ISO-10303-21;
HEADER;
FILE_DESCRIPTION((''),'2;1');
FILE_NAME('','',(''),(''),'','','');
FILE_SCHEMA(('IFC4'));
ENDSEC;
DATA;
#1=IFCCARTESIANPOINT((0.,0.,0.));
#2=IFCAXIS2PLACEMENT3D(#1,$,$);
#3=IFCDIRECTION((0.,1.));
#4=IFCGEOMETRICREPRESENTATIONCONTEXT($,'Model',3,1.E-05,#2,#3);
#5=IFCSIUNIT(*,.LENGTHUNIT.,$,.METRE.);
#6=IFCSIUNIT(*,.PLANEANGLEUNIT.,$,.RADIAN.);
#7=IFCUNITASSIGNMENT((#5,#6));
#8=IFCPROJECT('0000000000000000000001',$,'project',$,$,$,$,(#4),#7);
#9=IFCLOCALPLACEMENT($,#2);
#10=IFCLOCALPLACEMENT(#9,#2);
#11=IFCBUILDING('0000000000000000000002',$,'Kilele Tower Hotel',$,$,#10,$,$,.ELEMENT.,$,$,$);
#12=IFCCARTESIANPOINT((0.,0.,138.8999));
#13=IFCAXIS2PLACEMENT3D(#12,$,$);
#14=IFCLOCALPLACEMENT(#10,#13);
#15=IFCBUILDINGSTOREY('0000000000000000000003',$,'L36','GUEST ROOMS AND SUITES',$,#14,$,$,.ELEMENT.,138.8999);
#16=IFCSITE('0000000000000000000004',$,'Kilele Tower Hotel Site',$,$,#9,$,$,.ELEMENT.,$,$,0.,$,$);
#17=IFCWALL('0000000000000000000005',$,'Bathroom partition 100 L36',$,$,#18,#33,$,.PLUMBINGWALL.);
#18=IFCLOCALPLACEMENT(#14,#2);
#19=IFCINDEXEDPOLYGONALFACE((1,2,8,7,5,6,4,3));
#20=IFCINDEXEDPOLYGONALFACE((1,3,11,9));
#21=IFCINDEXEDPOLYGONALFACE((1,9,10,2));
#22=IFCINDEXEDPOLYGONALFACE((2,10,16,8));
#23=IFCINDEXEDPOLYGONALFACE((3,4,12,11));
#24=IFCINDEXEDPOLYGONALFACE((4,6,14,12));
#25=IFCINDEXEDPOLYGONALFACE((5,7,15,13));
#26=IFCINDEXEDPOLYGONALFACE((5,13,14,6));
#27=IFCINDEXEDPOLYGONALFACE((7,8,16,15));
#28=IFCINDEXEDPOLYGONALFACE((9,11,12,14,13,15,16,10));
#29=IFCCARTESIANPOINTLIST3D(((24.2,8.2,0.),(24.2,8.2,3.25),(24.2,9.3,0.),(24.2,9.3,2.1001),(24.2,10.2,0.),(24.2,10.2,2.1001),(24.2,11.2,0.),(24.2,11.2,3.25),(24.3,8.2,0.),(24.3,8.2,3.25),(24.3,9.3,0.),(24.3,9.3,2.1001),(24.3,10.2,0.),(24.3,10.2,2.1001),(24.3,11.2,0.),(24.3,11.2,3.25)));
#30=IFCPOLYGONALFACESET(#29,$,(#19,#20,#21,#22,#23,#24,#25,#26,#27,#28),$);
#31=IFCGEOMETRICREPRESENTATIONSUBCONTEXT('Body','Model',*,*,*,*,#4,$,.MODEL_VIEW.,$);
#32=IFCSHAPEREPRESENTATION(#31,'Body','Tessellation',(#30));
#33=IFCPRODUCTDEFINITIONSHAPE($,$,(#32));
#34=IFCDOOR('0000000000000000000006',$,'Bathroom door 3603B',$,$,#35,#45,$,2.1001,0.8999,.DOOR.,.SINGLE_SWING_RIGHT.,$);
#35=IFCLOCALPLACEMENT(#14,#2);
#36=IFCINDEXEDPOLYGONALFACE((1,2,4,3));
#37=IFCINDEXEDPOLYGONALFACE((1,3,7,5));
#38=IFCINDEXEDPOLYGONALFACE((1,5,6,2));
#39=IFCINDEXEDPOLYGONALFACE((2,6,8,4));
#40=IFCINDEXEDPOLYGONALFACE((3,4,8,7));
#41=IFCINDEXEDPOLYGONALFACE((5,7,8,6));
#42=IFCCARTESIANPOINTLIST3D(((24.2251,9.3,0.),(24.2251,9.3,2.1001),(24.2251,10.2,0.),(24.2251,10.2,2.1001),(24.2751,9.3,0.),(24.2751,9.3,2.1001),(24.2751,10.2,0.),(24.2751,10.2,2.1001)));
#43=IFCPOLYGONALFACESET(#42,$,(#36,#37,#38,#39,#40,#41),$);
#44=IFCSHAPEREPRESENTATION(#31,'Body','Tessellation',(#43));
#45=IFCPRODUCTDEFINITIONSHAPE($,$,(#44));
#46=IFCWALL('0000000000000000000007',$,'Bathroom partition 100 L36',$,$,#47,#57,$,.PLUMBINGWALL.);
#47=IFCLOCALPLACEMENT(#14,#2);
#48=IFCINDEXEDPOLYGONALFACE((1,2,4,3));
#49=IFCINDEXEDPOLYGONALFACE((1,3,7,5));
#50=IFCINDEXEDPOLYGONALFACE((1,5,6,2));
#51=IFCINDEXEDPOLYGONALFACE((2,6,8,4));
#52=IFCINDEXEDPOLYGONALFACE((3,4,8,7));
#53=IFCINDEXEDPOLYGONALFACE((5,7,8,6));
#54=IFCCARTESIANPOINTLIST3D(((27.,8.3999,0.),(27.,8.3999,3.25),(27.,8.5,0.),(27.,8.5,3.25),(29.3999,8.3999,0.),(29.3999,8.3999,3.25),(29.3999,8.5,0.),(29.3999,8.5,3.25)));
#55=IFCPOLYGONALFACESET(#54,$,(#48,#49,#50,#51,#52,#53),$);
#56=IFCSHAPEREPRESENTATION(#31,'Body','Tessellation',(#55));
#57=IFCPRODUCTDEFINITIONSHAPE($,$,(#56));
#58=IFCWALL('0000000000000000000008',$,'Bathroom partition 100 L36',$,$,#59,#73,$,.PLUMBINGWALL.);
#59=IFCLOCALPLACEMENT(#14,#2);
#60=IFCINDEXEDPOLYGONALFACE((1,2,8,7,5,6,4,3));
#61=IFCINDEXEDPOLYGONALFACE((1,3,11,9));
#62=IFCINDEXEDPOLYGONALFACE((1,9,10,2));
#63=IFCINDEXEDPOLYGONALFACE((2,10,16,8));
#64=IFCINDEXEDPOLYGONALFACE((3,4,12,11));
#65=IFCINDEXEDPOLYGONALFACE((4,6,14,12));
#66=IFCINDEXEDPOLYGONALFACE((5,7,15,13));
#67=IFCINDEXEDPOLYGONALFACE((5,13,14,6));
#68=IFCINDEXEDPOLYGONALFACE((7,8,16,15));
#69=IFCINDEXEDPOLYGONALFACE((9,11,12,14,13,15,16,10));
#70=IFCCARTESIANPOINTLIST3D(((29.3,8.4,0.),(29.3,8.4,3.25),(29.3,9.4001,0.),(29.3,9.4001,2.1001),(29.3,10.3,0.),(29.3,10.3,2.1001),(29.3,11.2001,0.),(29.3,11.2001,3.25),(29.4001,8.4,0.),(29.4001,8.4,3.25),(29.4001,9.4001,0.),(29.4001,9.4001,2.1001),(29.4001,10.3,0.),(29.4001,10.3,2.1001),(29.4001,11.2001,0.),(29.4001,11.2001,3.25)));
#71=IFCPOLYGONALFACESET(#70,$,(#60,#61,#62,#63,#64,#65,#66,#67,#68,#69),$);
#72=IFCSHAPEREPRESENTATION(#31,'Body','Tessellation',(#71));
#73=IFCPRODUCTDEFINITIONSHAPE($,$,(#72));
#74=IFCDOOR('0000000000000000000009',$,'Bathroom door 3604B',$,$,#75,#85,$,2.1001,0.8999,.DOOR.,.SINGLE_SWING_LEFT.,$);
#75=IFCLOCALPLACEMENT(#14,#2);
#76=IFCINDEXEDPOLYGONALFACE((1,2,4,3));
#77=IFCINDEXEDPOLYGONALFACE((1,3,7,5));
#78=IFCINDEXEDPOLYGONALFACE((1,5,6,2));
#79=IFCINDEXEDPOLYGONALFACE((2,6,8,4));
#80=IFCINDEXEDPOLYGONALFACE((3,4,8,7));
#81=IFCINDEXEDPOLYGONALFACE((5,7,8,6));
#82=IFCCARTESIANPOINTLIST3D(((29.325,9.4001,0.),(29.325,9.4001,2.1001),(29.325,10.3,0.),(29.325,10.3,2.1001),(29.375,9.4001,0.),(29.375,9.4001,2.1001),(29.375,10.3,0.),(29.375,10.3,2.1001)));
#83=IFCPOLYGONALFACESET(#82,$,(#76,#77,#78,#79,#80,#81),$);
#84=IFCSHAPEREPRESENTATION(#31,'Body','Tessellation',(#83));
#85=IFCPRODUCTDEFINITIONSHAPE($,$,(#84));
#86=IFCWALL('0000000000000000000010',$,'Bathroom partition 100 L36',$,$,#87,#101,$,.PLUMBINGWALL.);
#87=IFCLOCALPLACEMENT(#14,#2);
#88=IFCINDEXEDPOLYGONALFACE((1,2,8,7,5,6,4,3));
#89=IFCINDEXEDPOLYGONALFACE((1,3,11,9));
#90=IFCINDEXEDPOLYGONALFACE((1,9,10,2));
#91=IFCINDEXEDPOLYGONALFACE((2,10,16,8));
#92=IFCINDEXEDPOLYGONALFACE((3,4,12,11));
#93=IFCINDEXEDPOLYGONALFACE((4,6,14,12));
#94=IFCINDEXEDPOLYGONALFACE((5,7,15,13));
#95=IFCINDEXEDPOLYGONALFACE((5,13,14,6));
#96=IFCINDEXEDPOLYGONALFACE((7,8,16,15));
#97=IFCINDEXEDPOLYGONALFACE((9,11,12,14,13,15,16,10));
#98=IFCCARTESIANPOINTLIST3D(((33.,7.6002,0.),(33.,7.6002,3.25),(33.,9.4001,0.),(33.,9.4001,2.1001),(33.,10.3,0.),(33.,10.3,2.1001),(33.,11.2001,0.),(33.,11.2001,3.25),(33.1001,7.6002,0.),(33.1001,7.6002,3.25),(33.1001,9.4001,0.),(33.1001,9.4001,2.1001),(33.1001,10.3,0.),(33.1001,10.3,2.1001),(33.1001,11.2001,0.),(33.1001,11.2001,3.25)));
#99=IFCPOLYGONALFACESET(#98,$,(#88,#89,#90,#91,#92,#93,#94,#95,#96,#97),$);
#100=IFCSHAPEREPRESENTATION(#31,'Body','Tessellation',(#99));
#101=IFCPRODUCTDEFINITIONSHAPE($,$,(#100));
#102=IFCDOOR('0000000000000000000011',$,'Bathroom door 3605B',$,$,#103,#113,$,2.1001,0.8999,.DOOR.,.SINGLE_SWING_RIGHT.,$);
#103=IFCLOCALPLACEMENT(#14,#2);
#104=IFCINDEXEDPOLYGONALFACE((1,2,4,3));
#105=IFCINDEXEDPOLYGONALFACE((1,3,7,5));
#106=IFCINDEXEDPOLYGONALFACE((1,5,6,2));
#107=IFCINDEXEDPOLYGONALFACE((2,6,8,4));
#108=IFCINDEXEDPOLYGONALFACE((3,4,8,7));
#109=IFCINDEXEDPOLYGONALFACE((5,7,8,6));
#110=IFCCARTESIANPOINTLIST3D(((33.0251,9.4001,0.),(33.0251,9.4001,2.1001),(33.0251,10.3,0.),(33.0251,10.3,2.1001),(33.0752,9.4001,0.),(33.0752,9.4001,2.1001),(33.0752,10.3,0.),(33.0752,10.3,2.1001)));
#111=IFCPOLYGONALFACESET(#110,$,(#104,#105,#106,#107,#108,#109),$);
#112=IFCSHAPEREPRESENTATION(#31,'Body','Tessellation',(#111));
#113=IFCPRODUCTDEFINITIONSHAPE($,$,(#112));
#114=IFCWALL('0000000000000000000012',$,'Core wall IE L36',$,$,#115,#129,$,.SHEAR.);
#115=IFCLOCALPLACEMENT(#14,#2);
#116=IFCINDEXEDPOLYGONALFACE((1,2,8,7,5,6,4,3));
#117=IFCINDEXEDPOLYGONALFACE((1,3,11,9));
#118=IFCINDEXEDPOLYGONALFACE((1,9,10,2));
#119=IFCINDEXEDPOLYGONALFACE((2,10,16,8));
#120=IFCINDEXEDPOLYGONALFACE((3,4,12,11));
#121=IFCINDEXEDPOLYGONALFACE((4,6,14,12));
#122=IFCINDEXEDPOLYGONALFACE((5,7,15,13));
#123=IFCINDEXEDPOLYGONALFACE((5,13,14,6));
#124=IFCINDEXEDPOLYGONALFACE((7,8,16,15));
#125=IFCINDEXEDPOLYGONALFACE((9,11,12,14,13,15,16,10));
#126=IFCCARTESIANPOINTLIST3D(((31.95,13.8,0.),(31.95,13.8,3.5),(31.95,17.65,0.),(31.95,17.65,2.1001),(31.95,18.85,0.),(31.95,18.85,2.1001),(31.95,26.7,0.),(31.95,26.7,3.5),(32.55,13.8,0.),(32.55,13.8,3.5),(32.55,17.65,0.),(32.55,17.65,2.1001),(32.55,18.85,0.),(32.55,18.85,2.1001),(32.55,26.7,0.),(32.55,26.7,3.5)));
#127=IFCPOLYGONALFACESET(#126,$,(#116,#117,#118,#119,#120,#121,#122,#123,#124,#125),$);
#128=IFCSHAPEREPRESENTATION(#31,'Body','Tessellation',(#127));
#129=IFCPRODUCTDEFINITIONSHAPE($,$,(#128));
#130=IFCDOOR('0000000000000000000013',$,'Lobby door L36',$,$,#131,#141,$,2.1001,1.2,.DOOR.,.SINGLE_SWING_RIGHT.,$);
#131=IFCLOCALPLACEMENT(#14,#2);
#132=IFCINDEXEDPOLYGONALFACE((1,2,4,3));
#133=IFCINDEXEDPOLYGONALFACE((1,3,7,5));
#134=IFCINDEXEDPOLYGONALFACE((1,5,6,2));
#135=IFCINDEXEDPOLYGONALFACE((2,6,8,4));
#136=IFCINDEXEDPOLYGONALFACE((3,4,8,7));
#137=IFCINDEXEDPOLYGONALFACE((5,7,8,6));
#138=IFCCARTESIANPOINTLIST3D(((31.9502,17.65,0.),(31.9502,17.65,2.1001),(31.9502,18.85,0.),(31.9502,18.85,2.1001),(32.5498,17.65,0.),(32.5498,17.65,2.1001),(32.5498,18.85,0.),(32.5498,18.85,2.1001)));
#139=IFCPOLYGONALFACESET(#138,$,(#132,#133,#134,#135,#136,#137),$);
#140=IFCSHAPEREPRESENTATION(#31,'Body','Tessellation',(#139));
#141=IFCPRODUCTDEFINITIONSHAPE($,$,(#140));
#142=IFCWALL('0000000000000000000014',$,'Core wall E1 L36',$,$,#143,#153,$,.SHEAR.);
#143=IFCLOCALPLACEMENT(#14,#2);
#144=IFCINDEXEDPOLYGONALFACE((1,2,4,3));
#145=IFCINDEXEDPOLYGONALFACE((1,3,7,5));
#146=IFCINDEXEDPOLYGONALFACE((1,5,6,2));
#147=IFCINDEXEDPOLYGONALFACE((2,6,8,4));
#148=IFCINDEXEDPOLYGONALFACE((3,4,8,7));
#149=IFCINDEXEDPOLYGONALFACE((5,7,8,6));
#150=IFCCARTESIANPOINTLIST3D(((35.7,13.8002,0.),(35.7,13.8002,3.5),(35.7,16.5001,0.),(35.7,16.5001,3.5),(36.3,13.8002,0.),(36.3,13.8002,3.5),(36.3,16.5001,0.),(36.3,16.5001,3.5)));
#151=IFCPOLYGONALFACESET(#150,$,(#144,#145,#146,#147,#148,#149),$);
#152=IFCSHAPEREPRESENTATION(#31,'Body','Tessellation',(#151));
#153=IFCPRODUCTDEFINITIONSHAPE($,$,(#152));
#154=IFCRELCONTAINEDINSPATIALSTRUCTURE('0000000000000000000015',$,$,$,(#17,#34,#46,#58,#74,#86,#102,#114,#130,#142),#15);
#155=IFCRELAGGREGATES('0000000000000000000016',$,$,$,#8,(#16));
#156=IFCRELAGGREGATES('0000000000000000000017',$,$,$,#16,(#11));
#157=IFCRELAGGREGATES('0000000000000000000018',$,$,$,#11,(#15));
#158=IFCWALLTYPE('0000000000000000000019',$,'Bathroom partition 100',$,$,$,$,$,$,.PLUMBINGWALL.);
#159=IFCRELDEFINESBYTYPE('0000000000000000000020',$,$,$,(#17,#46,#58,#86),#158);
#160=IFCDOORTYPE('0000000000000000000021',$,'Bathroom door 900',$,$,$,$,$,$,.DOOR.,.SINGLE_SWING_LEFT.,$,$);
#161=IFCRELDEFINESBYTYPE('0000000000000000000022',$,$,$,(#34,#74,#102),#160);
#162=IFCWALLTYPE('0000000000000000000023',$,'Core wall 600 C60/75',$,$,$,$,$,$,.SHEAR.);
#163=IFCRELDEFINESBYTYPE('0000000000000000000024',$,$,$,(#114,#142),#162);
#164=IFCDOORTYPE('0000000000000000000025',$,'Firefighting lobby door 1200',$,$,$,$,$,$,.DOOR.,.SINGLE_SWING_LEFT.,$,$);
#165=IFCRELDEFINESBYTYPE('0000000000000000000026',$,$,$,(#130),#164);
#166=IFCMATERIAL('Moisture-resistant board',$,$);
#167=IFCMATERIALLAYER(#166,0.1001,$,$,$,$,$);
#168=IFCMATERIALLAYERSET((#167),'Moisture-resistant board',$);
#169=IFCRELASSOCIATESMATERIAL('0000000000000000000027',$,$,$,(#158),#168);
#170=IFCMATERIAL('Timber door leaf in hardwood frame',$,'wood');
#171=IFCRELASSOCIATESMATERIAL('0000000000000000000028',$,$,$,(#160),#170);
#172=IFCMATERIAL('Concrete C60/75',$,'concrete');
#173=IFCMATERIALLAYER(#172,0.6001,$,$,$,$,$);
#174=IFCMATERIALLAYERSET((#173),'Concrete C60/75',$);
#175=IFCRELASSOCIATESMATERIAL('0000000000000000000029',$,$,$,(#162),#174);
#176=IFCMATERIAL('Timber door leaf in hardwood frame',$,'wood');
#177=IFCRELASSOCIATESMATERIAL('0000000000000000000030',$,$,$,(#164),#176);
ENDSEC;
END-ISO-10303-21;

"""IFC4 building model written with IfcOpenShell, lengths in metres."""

from ifc_helpers import new_model, si_unit, direction, frame, frame_2d, origin, place, context, subcontext, project, spatial, rectangle, extrude, material, layer, layer_set, type_object, element, fill, save


model = new_model("IFC4")

# Units and contexts
model_context = context("Model", 3, precision=1e-05, world=origin(), true_north=direction((0.0, 1.0)))
body_context = subcontext(model_context, "Body", "Model", "MODEL_VIEW")
ifc_project = project(units=[si_unit("LENGTHUNIT", "METRE"), si_unit("PLANEANGLEUNIT", "RADIAN")], contexts=[model_context])

# Site, building, storey
site_placement = place(None, origin())
site = spatial("IfcSite", under=ifc_project, at=site_placement, Name="Kilele Tower Hotel Site", CompositionType="ELEMENT", RefElevation=0.0)
building_placement = place(site_placement, origin())
building = spatial("IfcBuilding", under=site, at=building_placement, Name="Kilele Tower Hotel", CompositionType="ELEMENT")
storey_placement = place(building_placement, frame((0.0, 0.0, 138.8999)))
storey = spatial("IfcBuildingStorey", under=building, at=storey_placement, Name="L36", Description="GUEST ROOMS AND SUITES", CompositionType="ELEMENT", Elevation=138.8999)

# Wall, opening, door
ifc_material_1 = material(Name="Moisture-resistant board")
ifc_layer_1 = layer(ifc_material_1, 0.1001)
ifc_layer_set_1 = layer_set([ifc_layer_1], Name="Moisture-resistant board")
wall_type_1 = type_object("IfcWallType", Name="Bathroom partition 100", PredefinedType="PLUMBINGWALL", material=ifc_layer_set_1)
wall_1_placement = place(storey_placement, frame((24.25, 11.2, 0.0), z_axis=(0.0, 0.0, 1.0), x_axis=(0.0, -1.0, 0.0)))
wall_1 = element("IfcWall", 1, at=wall_1_placement, inside=storey, type_object=wall_type_1, Name="Bathroom partition 100 L36", PredefinedType="PLUMBINGWALL", context=body_context, shape_type="SweptSolid", body=[
    extrude(rectangle(XDim=3.0, YDim=0.1001, at=frame_2d((1.5, 0.0))), origin(), (0.0, 0.0, 1.0), 3.25),
])
opening_1_placement = place(wall_1_placement, frame((1.8999, 0.0, 0.0), z_axis=(0.0, 0.0, 1.0), x_axis=(-1.0, 0.0, 0.0)))
opening_1 = element("IfcOpeningElement", 2, at=opening_1_placement, cuts=wall_1, PredefinedType="OPENING", context=body_context, shape_type="SweptSolid", body=[
    extrude(rectangle(XDim=0.8999, YDim=2.1001, at=frame_2d((0.45, 1.05))), frame((0.0, 0.0601, 0.0), z_axis=(0.0, -1.0, 0.0), x_axis=(1.0, 0.0, 0.0)), (0.0, 0.0, 1.0), 0.1201),
])
ifc_material_2 = material(Name="Timber door leaf in hardwood frame", Category="wood")
door_type_1 = type_object("IfcDoorType", Name="Bathroom door 900", OperationType="SINGLE_SWING_LEFT", PredefinedType="DOOR", material=ifc_material_2)
door_1_placement = place(opening_1_placement, origin())
door_1 = element("IfcDoor", 3, at=door_1_placement, inside=storey, type_object=door_type_1, Name="Bathroom door 3603B", OperationType="SINGLE_SWING_RIGHT", OverallHeight=2.1001, OverallWidth=0.8999, PredefinedType="DOOR", context=body_context, shape_type="SweptSolid", body=[
    extrude(rectangle(XDim=0.8999, YDim=2.1001, at=frame_2d((0.45, 1.05))), frame((0.0, 0.0249, 0.0), z_axis=(0.0, -1.0, 0.0), x_axis=(1.0, 0.0, 0.0)), (0.0, 0.0, 1.0), 0.05),
])
fill(opening_1, door_1)

# Wall
wall_2_placement = place(storey_placement, frame((27.0, 8.45, 0.0), z_axis=(0.0, 0.0, 1.0), x_axis=(1.0, 0.0, 0.0)))
element("IfcWall", 4, at=wall_2_placement, inside=storey, type_object=wall_type_1, Name="Bathroom partition 100 L36", PredefinedType="PLUMBINGWALL", context=body_context, shape_type="SweptSolid", body=[
    extrude(rectangle(XDim=2.3999, YDim=0.1001, at=frame_2d((1.2, 0.0))), origin(), (0.0, 0.0, 1.0), 3.25),
])

# Walls, openings, doors
wall_3_placement = place(storey_placement, frame((29.3501, 11.2, 0.0), z_axis=(0.0, 0.0, 1.0), x_axis=(0.0, -1.0, 0.0)))
wall_3 = element("IfcWall", 5, at=wall_3_placement, inside=storey, type_object=wall_type_1, Name="Bathroom partition 100 L36", PredefinedType="PLUMBINGWALL", context=body_context, shape_type="SweptSolid", body=[
    extrude(rectangle(XDim=2.8, YDim=0.1001, at=frame_2d((1.3999, 0.0))), origin(), (0.0, 0.0, 1.0), 3.25),
])
opening_2_placement = place(wall_3_placement, frame((0.8999, 0.0, 0.0)))
opening_2 = element("IfcOpeningElement", 6, at=opening_2_placement, cuts=wall_3, PredefinedType="OPENING", context=body_context, shape_type="SweptSolid", body=[
    extrude(rectangle(XDim=0.8999, YDim=2.1001, at=frame_2d((0.45, 1.05))), frame((0.0, 0.0601, 0.0), z_axis=(0.0, -1.0, 0.0), x_axis=(1.0, 0.0, 0.0)), (0.0, 0.0, 1.0), 0.1201),
])
door_2_placement = place(opening_2_placement, origin())
door_2 = element("IfcDoor", 7, at=door_2_placement, inside=storey, type_object=door_type_1, Name="Bathroom door 3604B", OperationType="SINGLE_SWING_LEFT", OverallHeight=2.1001, OverallWidth=0.8999, PredefinedType="DOOR", context=body_context, shape_type="SweptSolid", body=[
    extrude(rectangle(XDim=0.8999, YDim=2.1001, at=frame_2d((0.45, 1.05))), frame((0.0, 0.0249, 0.0), z_axis=(0.0, -1.0, 0.0), x_axis=(1.0, 0.0, 0.0)), (0.0, 0.0, 1.0), 0.05),
])
fill(opening_2, door_2)
wall_4_placement = place(storey_placement, frame((33.05, 11.2, 0.0), z_axis=(0.0, 0.0, 1.0), x_axis=(0.0, -1.0, 0.0)))
wall_4 = element("IfcWall", 8, at=wall_4_placement, inside=storey, type_object=wall_type_1, Name="Bathroom partition 100 L36", PredefinedType="PLUMBINGWALL", context=body_context, shape_type="SweptSolid", body=[
    extrude(rectangle(XDim=3.5999, YDim=0.1001, at=frame_2d((1.7998, 0.0))), origin(), (0.0, 0.0, 1.0), 3.25),
])
opening_3_placement = place(wall_4_placement, frame((1.7998, 0.0, 0.0), z_axis=(0.0, 0.0, 1.0), x_axis=(-1.0, 0.0, 0.0)))
opening_3 = element("IfcOpeningElement", 9, at=opening_3_placement, cuts=wall_4, PredefinedType="OPENING", context=body_context, shape_type="SweptSolid", body=[
    extrude(rectangle(XDim=0.8999, YDim=2.1001, at=frame_2d((0.45, 1.05))), frame((0.0, 0.0601, 0.0), z_axis=(0.0, -1.0, 0.0), x_axis=(1.0, 0.0, 0.0)), (0.0, 0.0, 1.0), 0.1201),
])
door_3_placement = place(opening_3_placement, origin())
door_3 = element("IfcDoor", 10, at=door_3_placement, inside=storey, type_object=door_type_1, Name="Bathroom door 3605B", OperationType="SINGLE_SWING_RIGHT", OverallHeight=2.1001, OverallWidth=0.8999, PredefinedType="DOOR", context=body_context, shape_type="SweptSolid", body=[
    extrude(rectangle(XDim=0.8999, YDim=2.1001, at=frame_2d((0.45, 1.05))), frame((0.0, 0.0249, 0.0), z_axis=(0.0, -1.0, 0.0), x_axis=(1.0, 0.0, 0.0)), (0.0, 0.0, 1.0), 0.05),
])
fill(opening_3, door_3)
ifc_material_3 = material(Name="Concrete C60/75", Category="concrete")
ifc_layer_2 = layer(ifc_material_3, 0.6001)
ifc_layer_set_2 = layer_set([ifc_layer_2], Name="Concrete C60/75")
wall_type_2 = type_object("IfcWallType", Name="Core wall 600 C60/75", PredefinedType="SHEAR", material=ifc_layer_set_2)
wall_5_placement = place(storey_placement, frame((32.25, 13.8, 0.0), z_axis=(0.0, 0.0, 1.0), x_axis=(0.0, 1.0, 0.0)))
wall_5 = element("IfcWall", 11, at=wall_5_placement, inside=storey, type_object=wall_type_2, Name="Core wall IE L36", PredefinedType="SHEAR", context=body_context, shape_type="SweptSolid", body=[
    extrude(rectangle(XDim=12.8999, YDim=0.6001, at=frame_2d((6.45, 0.0))), origin(), (0.0, 0.0, 1.0), 3.5),
])
opening_4_placement = place(wall_5_placement, frame((5.05, 0.0, 0.0), z_axis=(0.0, 0.0, 1.0), x_axis=(-1.0, 0.0, 0.0)))
opening_4 = element("IfcOpeningElement", 12, at=opening_4_placement, cuts=wall_5, PredefinedType="OPENING", context=body_context, shape_type="SweptSolid", body=[
    extrude(rectangle(XDim=1.2, YDim=2.1001, at=frame_2d((0.6001, 1.05))), frame((0.0, 0.3101, 0.0), z_axis=(0.0, -1.0, 0.0), x_axis=(1.0, 0.0, 0.0)), (0.0, 0.0, 1.0), 0.6201),
])
ifc_material_4 = material(Name="Timber door leaf in hardwood frame", Category="wood")
door_type_2 = type_object("IfcDoorType", Name="Firefighting lobby door 1200", OperationType="SINGLE_SWING_LEFT", PredefinedType="DOOR", material=ifc_material_4)
door_4_placement = place(opening_4_placement, origin())
door_4 = element("IfcDoor", 13, at=door_4_placement, inside=storey, type_object=door_type_2, Name="Lobby door L36", OperationType="SINGLE_SWING_RIGHT", OverallHeight=2.1001, OverallWidth=1.2, PredefinedType="DOOR", context=body_context, shape_type="SweptSolid", body=[
    extrude(rectangle(XDim=1.2, YDim=2.1001, at=frame_2d((0.6001, 1.05))), frame((0.0, 0.2998, 0.0), z_axis=(0.0, -1.0, 0.0), x_axis=(1.0, 0.0, 0.0)), (0.0, 0.0, 1.0), 0.5996),
])
fill(opening_4, door_4)

# Wall
wall_6_placement = place(storey_placement, frame((36.0, 13.8, 0.0), z_axis=(0.0, 0.0, 1.0), x_axis=(0.0, 1.0, 0.0)))
element("IfcWall", 14, at=wall_6_placement, inside=storey, type_object=wall_type_2, Name="Core wall E1 L36", PredefinedType="SHEAR", context=body_context, shape_type="SweptSolid", body=[
    extrude(rectangle(XDim=2.7, YDim=0.6001, at=frame_2d((1.3501, 0.0))), origin(), (0.0, 0.0, 1.0), 3.5),
])

save(model, "model.ifc")
